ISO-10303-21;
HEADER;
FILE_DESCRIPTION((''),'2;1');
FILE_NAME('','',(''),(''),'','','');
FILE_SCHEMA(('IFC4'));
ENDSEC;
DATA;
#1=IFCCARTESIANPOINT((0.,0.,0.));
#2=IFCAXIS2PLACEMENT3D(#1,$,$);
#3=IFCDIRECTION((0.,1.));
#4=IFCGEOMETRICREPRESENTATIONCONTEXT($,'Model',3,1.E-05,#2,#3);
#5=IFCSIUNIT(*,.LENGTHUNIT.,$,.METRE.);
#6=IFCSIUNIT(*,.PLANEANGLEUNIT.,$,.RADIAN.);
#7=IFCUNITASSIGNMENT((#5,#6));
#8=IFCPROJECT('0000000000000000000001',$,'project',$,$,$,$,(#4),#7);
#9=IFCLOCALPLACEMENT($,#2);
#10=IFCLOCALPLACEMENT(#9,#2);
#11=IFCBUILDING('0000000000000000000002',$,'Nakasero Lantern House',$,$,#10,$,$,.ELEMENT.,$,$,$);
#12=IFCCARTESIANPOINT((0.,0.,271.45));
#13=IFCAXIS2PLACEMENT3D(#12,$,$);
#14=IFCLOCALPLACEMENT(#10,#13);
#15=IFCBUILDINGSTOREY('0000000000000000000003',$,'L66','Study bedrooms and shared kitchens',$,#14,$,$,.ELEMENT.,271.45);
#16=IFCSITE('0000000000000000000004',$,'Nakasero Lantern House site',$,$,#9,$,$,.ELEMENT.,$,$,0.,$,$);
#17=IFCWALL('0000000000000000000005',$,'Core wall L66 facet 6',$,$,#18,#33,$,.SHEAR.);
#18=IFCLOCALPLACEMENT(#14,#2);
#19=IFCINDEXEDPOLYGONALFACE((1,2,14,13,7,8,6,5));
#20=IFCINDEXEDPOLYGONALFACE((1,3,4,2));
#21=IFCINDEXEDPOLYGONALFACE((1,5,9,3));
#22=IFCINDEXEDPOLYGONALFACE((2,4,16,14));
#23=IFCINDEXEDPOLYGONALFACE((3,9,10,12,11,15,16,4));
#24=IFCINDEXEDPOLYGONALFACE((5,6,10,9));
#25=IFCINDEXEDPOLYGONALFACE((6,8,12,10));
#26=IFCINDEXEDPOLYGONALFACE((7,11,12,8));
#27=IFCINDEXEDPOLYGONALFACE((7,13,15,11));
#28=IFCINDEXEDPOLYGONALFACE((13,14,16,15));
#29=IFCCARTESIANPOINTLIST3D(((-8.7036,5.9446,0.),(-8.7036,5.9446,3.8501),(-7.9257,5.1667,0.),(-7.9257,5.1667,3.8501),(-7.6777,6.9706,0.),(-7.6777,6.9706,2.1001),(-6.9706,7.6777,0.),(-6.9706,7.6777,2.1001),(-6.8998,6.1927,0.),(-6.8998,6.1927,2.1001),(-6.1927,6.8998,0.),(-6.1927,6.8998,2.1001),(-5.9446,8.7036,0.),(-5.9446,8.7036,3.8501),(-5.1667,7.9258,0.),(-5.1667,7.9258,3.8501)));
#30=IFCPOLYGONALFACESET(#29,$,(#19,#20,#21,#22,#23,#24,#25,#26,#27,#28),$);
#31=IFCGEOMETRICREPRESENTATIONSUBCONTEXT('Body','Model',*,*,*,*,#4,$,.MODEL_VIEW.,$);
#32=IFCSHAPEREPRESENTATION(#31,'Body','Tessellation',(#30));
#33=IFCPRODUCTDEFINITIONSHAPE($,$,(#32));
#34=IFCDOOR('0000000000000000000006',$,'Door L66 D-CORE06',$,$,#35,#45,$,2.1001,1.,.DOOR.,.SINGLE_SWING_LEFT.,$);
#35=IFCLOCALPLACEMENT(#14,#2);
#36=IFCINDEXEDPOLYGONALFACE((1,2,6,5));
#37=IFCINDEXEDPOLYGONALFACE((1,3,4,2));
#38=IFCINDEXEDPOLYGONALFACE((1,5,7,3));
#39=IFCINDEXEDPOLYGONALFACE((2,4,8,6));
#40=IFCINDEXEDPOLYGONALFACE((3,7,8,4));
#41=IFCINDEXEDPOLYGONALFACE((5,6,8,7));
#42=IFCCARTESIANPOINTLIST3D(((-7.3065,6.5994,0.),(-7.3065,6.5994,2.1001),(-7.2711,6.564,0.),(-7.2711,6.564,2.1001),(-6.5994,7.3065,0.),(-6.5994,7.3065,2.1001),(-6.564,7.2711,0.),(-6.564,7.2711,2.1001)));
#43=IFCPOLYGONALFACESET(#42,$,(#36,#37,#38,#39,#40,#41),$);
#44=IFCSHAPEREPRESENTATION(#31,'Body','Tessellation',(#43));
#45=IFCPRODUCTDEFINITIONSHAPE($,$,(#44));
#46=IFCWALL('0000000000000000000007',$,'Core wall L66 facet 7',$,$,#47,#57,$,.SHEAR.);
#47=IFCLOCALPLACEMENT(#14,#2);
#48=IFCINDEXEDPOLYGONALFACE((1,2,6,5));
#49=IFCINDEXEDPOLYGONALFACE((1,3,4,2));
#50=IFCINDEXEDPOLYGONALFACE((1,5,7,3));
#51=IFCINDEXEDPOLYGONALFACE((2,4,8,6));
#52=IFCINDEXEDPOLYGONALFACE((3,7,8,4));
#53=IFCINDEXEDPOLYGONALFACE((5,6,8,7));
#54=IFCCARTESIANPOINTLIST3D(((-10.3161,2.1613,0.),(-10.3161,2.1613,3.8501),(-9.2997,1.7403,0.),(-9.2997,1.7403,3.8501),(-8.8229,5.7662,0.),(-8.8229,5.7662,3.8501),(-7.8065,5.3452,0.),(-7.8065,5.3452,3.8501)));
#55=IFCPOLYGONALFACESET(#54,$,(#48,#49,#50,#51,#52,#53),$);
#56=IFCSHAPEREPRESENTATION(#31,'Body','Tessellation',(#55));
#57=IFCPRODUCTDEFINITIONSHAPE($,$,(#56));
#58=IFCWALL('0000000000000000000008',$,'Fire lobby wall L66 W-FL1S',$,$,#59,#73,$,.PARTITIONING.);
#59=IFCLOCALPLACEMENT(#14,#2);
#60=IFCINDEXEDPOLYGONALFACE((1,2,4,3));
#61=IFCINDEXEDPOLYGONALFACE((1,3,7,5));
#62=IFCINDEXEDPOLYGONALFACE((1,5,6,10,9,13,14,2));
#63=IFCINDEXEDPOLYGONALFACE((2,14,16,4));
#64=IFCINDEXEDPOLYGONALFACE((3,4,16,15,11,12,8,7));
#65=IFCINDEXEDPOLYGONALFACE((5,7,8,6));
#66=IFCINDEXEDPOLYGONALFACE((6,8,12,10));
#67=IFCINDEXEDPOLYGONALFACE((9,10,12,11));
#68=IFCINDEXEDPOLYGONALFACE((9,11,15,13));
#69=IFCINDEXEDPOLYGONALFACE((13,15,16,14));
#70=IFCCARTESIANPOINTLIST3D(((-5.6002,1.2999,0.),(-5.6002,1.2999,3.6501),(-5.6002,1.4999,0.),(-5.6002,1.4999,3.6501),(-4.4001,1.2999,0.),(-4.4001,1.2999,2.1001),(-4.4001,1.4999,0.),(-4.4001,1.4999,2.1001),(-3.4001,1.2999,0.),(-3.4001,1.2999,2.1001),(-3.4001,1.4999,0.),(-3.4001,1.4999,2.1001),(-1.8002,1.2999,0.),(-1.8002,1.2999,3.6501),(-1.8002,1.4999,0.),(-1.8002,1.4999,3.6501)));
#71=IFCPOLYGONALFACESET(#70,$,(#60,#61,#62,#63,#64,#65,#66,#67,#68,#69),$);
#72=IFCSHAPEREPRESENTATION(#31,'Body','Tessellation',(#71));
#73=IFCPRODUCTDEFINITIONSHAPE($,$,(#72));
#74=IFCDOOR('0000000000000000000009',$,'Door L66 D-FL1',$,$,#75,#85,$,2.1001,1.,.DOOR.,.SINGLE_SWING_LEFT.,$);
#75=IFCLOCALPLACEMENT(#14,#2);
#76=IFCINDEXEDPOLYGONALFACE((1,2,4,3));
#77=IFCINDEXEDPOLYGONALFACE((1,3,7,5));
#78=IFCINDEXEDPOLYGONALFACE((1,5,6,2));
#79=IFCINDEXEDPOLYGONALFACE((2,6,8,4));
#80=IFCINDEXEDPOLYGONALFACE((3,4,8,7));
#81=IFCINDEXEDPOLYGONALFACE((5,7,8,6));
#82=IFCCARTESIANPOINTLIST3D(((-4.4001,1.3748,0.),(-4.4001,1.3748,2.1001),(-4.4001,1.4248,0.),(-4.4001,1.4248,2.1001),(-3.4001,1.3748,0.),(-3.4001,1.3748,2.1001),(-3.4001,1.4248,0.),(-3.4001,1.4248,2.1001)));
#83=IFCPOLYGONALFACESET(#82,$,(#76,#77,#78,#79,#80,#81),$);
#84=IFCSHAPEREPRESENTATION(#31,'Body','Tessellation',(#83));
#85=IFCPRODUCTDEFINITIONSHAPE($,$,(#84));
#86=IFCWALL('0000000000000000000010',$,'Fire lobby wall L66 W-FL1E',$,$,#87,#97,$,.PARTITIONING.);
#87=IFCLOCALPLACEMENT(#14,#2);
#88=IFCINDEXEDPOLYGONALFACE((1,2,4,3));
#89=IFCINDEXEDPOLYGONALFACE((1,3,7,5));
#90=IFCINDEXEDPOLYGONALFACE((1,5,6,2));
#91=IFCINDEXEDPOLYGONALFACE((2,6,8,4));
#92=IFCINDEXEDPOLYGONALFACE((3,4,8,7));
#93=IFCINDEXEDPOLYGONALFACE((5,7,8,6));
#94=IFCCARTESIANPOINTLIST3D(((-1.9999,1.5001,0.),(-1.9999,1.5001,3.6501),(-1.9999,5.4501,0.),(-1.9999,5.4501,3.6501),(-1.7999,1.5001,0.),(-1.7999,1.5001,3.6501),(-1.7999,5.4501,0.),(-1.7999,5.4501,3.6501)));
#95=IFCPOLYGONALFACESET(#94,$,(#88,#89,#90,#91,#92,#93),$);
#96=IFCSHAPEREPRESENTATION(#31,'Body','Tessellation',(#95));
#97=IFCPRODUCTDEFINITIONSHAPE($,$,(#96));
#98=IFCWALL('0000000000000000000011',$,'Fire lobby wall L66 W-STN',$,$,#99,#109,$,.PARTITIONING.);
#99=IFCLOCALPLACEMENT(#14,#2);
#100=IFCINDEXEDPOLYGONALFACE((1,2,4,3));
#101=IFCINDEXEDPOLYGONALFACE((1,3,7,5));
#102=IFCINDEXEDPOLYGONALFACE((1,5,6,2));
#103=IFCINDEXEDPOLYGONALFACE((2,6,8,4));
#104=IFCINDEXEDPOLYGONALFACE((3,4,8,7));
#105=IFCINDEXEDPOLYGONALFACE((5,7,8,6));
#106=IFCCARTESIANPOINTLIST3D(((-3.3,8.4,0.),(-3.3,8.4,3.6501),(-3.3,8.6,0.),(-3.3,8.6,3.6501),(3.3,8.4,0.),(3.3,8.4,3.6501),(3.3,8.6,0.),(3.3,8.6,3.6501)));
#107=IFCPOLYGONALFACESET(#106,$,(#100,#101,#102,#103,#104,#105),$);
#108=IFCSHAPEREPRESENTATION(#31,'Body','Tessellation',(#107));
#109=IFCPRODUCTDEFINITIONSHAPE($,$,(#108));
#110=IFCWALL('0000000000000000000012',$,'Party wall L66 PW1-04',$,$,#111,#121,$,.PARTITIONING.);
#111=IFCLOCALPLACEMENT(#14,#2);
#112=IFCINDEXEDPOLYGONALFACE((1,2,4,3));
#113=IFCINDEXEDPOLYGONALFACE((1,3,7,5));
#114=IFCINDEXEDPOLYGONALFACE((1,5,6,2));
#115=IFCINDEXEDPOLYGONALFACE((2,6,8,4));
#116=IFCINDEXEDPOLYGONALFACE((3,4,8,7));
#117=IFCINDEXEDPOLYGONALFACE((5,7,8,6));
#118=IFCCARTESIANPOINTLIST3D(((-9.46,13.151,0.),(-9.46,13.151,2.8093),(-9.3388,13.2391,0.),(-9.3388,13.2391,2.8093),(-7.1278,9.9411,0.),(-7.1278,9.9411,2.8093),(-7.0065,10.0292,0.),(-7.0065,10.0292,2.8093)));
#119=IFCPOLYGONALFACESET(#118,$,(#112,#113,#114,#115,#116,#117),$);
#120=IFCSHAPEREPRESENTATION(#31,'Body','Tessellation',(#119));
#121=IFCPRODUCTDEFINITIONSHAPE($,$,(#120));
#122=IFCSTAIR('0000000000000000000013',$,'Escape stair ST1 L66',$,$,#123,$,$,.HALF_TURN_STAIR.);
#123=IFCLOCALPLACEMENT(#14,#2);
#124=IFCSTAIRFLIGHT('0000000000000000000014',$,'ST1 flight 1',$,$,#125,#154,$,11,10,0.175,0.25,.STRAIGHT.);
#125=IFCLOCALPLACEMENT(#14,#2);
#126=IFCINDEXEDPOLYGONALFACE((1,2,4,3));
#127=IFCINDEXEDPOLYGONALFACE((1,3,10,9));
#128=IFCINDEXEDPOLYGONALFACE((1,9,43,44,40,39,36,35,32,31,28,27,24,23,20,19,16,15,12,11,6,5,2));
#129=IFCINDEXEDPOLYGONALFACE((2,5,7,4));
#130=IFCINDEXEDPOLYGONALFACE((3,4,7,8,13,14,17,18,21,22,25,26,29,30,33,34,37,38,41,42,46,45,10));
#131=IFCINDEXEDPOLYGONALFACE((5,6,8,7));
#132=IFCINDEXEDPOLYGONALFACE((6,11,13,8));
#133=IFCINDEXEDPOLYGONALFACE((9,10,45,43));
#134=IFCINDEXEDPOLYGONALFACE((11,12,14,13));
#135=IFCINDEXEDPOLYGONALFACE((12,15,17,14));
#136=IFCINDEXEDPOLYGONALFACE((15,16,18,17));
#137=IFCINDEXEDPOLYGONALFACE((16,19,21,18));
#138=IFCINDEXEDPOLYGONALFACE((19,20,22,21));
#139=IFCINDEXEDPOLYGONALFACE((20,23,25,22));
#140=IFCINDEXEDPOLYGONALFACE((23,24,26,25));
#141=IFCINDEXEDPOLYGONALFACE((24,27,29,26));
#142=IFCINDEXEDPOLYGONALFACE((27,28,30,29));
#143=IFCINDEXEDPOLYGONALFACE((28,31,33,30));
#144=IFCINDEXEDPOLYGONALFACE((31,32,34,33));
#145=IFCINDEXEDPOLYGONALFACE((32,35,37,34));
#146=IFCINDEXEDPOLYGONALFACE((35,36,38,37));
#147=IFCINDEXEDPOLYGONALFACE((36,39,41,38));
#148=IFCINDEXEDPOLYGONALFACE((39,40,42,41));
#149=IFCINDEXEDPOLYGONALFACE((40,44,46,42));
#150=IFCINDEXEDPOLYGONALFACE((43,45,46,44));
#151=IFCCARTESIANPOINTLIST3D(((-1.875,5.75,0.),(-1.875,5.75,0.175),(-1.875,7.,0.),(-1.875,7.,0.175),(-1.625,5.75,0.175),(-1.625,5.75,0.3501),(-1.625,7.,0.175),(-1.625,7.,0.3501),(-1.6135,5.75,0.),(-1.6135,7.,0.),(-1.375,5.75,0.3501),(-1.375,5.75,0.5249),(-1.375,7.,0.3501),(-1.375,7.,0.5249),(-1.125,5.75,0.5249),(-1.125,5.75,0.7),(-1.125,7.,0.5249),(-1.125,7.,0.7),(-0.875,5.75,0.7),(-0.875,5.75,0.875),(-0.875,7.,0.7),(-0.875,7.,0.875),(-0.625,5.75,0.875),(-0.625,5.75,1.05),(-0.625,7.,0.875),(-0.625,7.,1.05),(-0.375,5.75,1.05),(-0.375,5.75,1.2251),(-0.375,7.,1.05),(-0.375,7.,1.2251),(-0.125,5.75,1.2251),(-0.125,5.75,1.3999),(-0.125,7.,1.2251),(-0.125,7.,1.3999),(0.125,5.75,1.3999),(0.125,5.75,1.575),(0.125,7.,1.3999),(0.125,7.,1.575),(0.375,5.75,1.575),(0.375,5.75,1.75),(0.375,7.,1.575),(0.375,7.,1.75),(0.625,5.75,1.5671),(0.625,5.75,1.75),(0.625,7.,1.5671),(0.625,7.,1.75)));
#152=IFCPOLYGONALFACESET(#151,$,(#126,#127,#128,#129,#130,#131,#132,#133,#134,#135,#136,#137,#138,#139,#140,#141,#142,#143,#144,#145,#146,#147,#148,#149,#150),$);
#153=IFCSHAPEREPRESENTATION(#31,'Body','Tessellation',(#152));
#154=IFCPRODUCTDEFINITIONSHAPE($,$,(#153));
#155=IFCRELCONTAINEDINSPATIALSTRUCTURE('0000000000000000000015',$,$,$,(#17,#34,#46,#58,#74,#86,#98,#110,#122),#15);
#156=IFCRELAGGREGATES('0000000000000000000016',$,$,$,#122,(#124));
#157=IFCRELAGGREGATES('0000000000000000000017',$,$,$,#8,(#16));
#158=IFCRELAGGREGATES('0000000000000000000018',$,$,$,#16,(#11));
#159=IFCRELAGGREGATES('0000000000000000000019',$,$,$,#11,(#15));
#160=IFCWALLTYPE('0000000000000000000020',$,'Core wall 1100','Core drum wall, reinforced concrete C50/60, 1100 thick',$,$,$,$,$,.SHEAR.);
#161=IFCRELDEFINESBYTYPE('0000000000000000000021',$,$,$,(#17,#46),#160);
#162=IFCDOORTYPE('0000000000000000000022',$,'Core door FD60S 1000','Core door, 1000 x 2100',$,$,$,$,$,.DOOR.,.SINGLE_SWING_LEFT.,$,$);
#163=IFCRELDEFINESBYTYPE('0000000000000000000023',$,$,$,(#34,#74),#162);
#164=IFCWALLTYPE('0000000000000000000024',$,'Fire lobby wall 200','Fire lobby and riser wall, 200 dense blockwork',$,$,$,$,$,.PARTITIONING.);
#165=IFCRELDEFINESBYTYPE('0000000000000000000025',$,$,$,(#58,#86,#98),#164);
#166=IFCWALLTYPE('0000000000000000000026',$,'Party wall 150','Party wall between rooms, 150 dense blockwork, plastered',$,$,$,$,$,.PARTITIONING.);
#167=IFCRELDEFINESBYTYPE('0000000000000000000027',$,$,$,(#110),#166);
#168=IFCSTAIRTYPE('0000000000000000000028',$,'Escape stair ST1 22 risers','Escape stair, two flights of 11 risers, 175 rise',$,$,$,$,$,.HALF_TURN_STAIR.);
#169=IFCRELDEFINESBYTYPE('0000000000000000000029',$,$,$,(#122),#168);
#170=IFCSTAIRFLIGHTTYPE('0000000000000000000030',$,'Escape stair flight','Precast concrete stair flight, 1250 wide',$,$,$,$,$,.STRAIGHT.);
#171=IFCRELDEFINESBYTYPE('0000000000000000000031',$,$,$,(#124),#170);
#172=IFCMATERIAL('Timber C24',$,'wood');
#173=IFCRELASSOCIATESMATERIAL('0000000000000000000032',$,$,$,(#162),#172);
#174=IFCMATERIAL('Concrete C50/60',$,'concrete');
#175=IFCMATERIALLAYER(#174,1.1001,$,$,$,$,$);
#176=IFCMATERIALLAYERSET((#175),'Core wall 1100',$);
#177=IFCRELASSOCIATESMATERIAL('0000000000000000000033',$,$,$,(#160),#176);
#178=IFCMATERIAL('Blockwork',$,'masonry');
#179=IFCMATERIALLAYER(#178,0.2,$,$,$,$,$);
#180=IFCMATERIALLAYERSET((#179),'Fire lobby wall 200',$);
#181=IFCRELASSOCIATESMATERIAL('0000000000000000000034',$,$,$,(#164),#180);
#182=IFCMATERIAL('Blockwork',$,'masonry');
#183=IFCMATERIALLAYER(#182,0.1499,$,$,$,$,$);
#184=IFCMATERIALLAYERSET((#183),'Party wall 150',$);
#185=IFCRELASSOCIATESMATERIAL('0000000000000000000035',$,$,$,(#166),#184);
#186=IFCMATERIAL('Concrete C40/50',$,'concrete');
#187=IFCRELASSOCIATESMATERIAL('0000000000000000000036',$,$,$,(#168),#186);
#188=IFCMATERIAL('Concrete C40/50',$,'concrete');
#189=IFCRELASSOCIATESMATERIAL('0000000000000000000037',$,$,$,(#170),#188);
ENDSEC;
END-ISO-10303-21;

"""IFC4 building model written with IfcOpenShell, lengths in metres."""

from ifc_helpers import new_model, si_unit, direction, frame, frame_2d, origin, place, context, subcontext, project, spatial, polyline, rectangle, outline, extrude, material, layer, layer_set, type_object, element, fill, aggregate, save


model = new_model("IFC4")

# Units and contexts
model_context = context("Model", 3, precision=1e-05, world=origin(), true_north=direction((0.0, 1.0)))
body_context = subcontext(model_context, "Body", "Model", "MODEL_VIEW")
ifc_project = project(units=[si_unit("LENGTHUNIT", "METRE"), si_unit("PLANEANGLEUNIT", "RADIAN")], contexts=[model_context])

# Site, building, storey
site_placement = place(None, origin())
site = spatial("IfcSite", under=ifc_project, at=site_placement, Name="Nakasero Lantern House site", CompositionType="ELEMENT", RefElevation=0.0)
building_placement = place(site_placement, origin())
building = spatial("IfcBuilding", under=site, at=building_placement, Name="Nakasero Lantern House", CompositionType="ELEMENT")
storey_placement = place(building_placement, frame((0.0, 0.0, 271.45)))
storey = spatial("IfcBuildingStorey", under=building, at=storey_placement, Name="L66", Description="Study bedrooms and shared kitchens", CompositionType="ELEMENT", Elevation=271.45)

# Shared definitions
ifc_material_1 = material(Name="Timber C24", Category="wood")
door_type = type_object("IfcDoorType", Name="Core door FD60S 1000", Description="Core door, 1000 x 2100", OperationType="SINGLE_SWING_LEFT", PredefinedType="DOOR", material=ifc_material_1)

# Shared definitions
ifc_material_2 = material(Name="Concrete C50/60", Category="concrete")
ifc_layer_1 = layer(ifc_material_2, 1.1001)
ifc_layer_set_1 = layer_set([ifc_layer_1], Name="Core wall 1100")
wall_type_1 = type_object("IfcWallType", Name="Core wall 1100", Description="Core drum wall, reinforced concrete C50/60, 1100 thick", PredefinedType="SHEAR", material=ifc_layer_set_1)

# Wall, opening, door
wall_1_placement = place(storey_placement, frame((-5.5557, 8.3147, 0.0), z_axis=(0.0, 0.0, 1.0), x_axis=(-0.707107, -0.707107, 0.0)))
wall_1 = element("IfcWall", 1, at=wall_1_placement, inside=storey, type_object=wall_type_1, Name="Core wall L66 facet 6", PredefinedType="SHEAR", context=body_context, shape_type="SweptSolid", body=[
    extrude(rectangle(XDim=3.9019, YDim=1.1001, at=frame_2d((1.9509, 0.0))), origin(), (0.0, 0.0, 1.0), 3.8501),
])
opening_1_placement = place(wall_1_placement, frame((1.4509, 0.0, 0.0)))
opening_1 = element("IfcOpeningElement", 2, at=opening_1_placement, cuts=wall_1, PredefinedType="OPENING", context=body_context, shape_type="SweptSolid", body=[
    extrude(rectangle(XDim=1.0, YDim=2.1001, at=frame_2d((0.5, 1.05))), frame((0.0, 0.5701, 0.0), z_axis=(0.0, -1.0, 0.0), x_axis=(1.0, 0.0, 0.0)), (0.0, 0.0, 1.0), 1.1401),
])
door_1_placement = place(opening_1_placement, origin())
door_1 = element("IfcDoor", 3, at=door_1_placement, inside=storey, type_object=door_type, Name="Door L66 D-CORE06", OperationType="SINGLE_SWING_LEFT", OverallHeight=2.1001, OverallWidth=1.0, PredefinedType="DOOR", context=body_context, shape_type="SweptSolid", body=[
    extrude(rectangle(XDim=1.0, YDim=2.1001, at=frame_2d((0.5, 1.05))), frame((0.0, 0.0249, 0.0), z_axis=(0.0, -1.0, 0.0), x_axis=(1.0, 0.0, 0.0)), (0.0, 0.0, 1.0), 0.05),
])
fill(opening_1, door_1)

# Wall
wall_2_placement = place(storey_placement, frame((-8.3147, 5.5557, 0.0), z_axis=(0.0, 0.0, 1.0), x_axis=(-0.382691, -0.923877, 0.0)))
element("IfcWall", 4, at=wall_2_placement, inside=storey, type_object=wall_type_1, Name="Core wall L66 facet 7", PredefinedType="SHEAR", context=body_context, shape_type="SweptSolid", body=[
    extrude(rectangle(XDim=3.9019, YDim=1.1001, at=frame_2d((1.9509, 0.0))), origin(), (0.0, 0.0, 1.0), 3.8501),
])

# Wall, opening, door
ifc_material_3 = material(Name="Blockwork", Category="masonry")
ifc_layer_2 = layer(ifc_material_3, 0.2)
ifc_layer_set_2 = layer_set([ifc_layer_2], Name="Fire lobby wall 200")
wall_type_2 = type_object("IfcWallType", Name="Fire lobby wall 200", Description="Fire lobby and riser wall, 200 dense blockwork", PredefinedType="PARTITIONING", material=ifc_layer_set_2)
wall_3_placement = place(storey_placement, frame((-5.6001, 1.3999, 0.0), z_axis=(0.0, 0.0, 1.0), x_axis=(1.0, 0.0, 0.0)))
wall_3 = element("IfcWall", 5, at=wall_3_placement, inside=storey, type_object=wall_type_2, Name="Fire lobby wall L66 W-FL1S", PredefinedType="PARTITIONING", context=body_context, shape_type="SweptSolid", body=[
    extrude(rectangle(XDim=3.8, YDim=0.2, at=frame_2d((1.8999, 0.0))), origin(), (0.0, 0.0, 1.0), 3.6501),
])
opening_2_placement = place(wall_3_placement, frame((1.2, 0.0, 0.0)))
opening_2 = element("IfcOpeningElement", 6, at=opening_2_placement, cuts=wall_3, PredefinedType="OPENING", context=body_context, shape_type="SweptSolid", body=[
    extrude(rectangle(XDim=1.0, YDim=2.1001, at=frame_2d((0.5, 1.05))), frame((0.0, 0.1199, 0.0), z_axis=(0.0, -1.0, 0.0), x_axis=(1.0, 0.0, 0.0)), (0.0, 0.0, 1.0), 0.24),
])
door_2_placement = place(opening_2_placement, origin())
door_2 = element("IfcDoor", 7, at=door_2_placement, inside=storey, type_object=door_type, Name="Door L66 D-FL1", OperationType="SINGLE_SWING_LEFT", OverallHeight=2.1001, OverallWidth=1.0, PredefinedType="DOOR", context=body_context, shape_type="SweptSolid", body=[
    extrude(rectangle(XDim=1.0, YDim=2.1001, at=frame_2d((0.5, 1.05))), frame((0.0, 0.0249, 0.0), z_axis=(0.0, -1.0, 0.0), x_axis=(1.0, 0.0, 0.0)), (0.0, 0.0, 1.0), 0.05),
])
fill(opening_2, door_2)

# Walls
wall_4_placement = place(storey_placement, frame((-1.8999, 1.5, 0.0), z_axis=(0.0, 0.0, 1.0), x_axis=(0.0, 1.0, 0.0)))
element("IfcWall", 8, at=wall_4_placement, inside=storey, type_object=wall_type_2, Name="Fire lobby wall L66 W-FL1E", PredefinedType="PARTITIONING", context=body_context, shape_type="SweptSolid", body=[
    extrude(rectangle(XDim=3.95, YDim=0.2, at=frame_2d((1.9751, 0.0))), origin(), (0.0, 0.0, 1.0), 3.6501),
])
wall_5_placement = place(storey_placement, frame((-3.3, 8.5, 0.0), z_axis=(0.0, 0.0, 1.0), x_axis=(1.0, 0.0, 0.0)))
element("IfcWall", 9, at=wall_5_placement, inside=storey, type_object=wall_type_2, Name="Fire lobby wall L66 W-STN", PredefinedType="PARTITIONING", context=body_context, shape_type="SweptSolid", body=[
    extrude(rectangle(XDim=6.6001, YDim=0.2, at=frame_2d((3.3, 0.0))), origin(), (0.0, 0.0, 1.0), 3.6501),
])
ifc_material_4 = material(Name="Blockwork", Category="masonry")
ifc_layer_3 = layer(ifc_material_4, 0.1499)
ifc_layer_set_3 = layer_set([ifc_layer_3], Name="Party wall 150")
wall_type_3 = type_object("IfcWallType", Name="Party wall 150", Description="Party wall between rooms, 150 dense blockwork, plastered", PredefinedType="PARTITIONING", material=ifc_layer_set_3)
wall_6_placement = place(storey_placement, frame((-7.0671, 9.9851, 0.0), z_axis=(0.0, 0.0, 1.0), x_axis=(-0.587802, 0.809005, 0.0)))
element("IfcWall", 10, at=wall_6_placement, inside=storey, type_object=wall_type_3, Name="Party wall L66 PW1-04", PredefinedType="PARTITIONING", context=body_context, shape_type="SweptSolid", body=[
    extrude(rectangle(XDim=3.9678, YDim=0.1499, at=frame_2d((1.9839, 0.0))), origin(), (0.0, 0.0, 1.0), 2.8093),
])

# Stair, stair flight
ifc_material_5 = material(Name="Concrete C40/50", Category="concrete")
stair_type = type_object("IfcStairType", Name="Escape stair ST1 22 risers", Description="Escape stair, two flights of 11 risers, 175 rise", PredefinedType="HALF_TURN_STAIR", material=ifc_material_5)
stair_placement = place(storey_placement, origin())
stair = element("IfcStair", 11, at=stair_placement, inside=storey, type_object=stair_type, Name="Escape stair ST1 L66", PredefinedType="HALF_TURN_STAIR")
ifc_material_6 = material(Name="Concrete C40/50", Category="concrete")
stair_flight_type = type_object("IfcStairFlightType", Name="Escape stair flight", Description="Precast concrete stair flight, 1250 wide", PredefinedType="STRAIGHT", material=ifc_material_6)
stair_flight_placement = place(storey_placement, frame((-1.875, 6.375, 0.0), z_axis=(0.0, 0.0, 1.0), x_axis=(1.0, 0.0, 0.0)))
stair_flight = element("IfcStairFlight", 12, at=stair_flight_placement, type_object=stair_flight_type, Name="ST1 flight 1", NumberOfRisers=11, NumberOfTreads=10, PredefinedType="STRAIGHT", RiserHeight=0.175, TreadLength=0.25, context=body_context, shape_type="SweptSolid", body=[
    extrude(outline(polyline([(0.0, 0.0), (0.0, 0.175), (0.25, 0.175), (0.25, 0.3501), (0.5, 0.3501), (0.5, 0.5249), (0.75, 0.5249), (0.75, 0.7), (1.0, 0.7), (1.0, 0.875), (1.25, 0.875), (1.25, 1.05), (1.5, 1.05), (1.5, 1.2251), (1.75, 1.2251), (1.75, 1.3999), (2.0, 1.3999), (2.0, 1.575), (2.25, 1.575), (2.25, 1.75), (2.5, 1.75), (2.5, 1.925), (2.5, 1.5671), (0.2615, 0.0), (0.0, 0.0)])), frame((0.0, 0.625, 0.0), z_axis=(0.0, -1.0, 0.0), x_axis=(1.0, 0.0, 0.0)), (0.0, 0.0, 1.0), 1.25),
])
aggregate(stair, [stair_flight])

save(model, "model.ifc")
